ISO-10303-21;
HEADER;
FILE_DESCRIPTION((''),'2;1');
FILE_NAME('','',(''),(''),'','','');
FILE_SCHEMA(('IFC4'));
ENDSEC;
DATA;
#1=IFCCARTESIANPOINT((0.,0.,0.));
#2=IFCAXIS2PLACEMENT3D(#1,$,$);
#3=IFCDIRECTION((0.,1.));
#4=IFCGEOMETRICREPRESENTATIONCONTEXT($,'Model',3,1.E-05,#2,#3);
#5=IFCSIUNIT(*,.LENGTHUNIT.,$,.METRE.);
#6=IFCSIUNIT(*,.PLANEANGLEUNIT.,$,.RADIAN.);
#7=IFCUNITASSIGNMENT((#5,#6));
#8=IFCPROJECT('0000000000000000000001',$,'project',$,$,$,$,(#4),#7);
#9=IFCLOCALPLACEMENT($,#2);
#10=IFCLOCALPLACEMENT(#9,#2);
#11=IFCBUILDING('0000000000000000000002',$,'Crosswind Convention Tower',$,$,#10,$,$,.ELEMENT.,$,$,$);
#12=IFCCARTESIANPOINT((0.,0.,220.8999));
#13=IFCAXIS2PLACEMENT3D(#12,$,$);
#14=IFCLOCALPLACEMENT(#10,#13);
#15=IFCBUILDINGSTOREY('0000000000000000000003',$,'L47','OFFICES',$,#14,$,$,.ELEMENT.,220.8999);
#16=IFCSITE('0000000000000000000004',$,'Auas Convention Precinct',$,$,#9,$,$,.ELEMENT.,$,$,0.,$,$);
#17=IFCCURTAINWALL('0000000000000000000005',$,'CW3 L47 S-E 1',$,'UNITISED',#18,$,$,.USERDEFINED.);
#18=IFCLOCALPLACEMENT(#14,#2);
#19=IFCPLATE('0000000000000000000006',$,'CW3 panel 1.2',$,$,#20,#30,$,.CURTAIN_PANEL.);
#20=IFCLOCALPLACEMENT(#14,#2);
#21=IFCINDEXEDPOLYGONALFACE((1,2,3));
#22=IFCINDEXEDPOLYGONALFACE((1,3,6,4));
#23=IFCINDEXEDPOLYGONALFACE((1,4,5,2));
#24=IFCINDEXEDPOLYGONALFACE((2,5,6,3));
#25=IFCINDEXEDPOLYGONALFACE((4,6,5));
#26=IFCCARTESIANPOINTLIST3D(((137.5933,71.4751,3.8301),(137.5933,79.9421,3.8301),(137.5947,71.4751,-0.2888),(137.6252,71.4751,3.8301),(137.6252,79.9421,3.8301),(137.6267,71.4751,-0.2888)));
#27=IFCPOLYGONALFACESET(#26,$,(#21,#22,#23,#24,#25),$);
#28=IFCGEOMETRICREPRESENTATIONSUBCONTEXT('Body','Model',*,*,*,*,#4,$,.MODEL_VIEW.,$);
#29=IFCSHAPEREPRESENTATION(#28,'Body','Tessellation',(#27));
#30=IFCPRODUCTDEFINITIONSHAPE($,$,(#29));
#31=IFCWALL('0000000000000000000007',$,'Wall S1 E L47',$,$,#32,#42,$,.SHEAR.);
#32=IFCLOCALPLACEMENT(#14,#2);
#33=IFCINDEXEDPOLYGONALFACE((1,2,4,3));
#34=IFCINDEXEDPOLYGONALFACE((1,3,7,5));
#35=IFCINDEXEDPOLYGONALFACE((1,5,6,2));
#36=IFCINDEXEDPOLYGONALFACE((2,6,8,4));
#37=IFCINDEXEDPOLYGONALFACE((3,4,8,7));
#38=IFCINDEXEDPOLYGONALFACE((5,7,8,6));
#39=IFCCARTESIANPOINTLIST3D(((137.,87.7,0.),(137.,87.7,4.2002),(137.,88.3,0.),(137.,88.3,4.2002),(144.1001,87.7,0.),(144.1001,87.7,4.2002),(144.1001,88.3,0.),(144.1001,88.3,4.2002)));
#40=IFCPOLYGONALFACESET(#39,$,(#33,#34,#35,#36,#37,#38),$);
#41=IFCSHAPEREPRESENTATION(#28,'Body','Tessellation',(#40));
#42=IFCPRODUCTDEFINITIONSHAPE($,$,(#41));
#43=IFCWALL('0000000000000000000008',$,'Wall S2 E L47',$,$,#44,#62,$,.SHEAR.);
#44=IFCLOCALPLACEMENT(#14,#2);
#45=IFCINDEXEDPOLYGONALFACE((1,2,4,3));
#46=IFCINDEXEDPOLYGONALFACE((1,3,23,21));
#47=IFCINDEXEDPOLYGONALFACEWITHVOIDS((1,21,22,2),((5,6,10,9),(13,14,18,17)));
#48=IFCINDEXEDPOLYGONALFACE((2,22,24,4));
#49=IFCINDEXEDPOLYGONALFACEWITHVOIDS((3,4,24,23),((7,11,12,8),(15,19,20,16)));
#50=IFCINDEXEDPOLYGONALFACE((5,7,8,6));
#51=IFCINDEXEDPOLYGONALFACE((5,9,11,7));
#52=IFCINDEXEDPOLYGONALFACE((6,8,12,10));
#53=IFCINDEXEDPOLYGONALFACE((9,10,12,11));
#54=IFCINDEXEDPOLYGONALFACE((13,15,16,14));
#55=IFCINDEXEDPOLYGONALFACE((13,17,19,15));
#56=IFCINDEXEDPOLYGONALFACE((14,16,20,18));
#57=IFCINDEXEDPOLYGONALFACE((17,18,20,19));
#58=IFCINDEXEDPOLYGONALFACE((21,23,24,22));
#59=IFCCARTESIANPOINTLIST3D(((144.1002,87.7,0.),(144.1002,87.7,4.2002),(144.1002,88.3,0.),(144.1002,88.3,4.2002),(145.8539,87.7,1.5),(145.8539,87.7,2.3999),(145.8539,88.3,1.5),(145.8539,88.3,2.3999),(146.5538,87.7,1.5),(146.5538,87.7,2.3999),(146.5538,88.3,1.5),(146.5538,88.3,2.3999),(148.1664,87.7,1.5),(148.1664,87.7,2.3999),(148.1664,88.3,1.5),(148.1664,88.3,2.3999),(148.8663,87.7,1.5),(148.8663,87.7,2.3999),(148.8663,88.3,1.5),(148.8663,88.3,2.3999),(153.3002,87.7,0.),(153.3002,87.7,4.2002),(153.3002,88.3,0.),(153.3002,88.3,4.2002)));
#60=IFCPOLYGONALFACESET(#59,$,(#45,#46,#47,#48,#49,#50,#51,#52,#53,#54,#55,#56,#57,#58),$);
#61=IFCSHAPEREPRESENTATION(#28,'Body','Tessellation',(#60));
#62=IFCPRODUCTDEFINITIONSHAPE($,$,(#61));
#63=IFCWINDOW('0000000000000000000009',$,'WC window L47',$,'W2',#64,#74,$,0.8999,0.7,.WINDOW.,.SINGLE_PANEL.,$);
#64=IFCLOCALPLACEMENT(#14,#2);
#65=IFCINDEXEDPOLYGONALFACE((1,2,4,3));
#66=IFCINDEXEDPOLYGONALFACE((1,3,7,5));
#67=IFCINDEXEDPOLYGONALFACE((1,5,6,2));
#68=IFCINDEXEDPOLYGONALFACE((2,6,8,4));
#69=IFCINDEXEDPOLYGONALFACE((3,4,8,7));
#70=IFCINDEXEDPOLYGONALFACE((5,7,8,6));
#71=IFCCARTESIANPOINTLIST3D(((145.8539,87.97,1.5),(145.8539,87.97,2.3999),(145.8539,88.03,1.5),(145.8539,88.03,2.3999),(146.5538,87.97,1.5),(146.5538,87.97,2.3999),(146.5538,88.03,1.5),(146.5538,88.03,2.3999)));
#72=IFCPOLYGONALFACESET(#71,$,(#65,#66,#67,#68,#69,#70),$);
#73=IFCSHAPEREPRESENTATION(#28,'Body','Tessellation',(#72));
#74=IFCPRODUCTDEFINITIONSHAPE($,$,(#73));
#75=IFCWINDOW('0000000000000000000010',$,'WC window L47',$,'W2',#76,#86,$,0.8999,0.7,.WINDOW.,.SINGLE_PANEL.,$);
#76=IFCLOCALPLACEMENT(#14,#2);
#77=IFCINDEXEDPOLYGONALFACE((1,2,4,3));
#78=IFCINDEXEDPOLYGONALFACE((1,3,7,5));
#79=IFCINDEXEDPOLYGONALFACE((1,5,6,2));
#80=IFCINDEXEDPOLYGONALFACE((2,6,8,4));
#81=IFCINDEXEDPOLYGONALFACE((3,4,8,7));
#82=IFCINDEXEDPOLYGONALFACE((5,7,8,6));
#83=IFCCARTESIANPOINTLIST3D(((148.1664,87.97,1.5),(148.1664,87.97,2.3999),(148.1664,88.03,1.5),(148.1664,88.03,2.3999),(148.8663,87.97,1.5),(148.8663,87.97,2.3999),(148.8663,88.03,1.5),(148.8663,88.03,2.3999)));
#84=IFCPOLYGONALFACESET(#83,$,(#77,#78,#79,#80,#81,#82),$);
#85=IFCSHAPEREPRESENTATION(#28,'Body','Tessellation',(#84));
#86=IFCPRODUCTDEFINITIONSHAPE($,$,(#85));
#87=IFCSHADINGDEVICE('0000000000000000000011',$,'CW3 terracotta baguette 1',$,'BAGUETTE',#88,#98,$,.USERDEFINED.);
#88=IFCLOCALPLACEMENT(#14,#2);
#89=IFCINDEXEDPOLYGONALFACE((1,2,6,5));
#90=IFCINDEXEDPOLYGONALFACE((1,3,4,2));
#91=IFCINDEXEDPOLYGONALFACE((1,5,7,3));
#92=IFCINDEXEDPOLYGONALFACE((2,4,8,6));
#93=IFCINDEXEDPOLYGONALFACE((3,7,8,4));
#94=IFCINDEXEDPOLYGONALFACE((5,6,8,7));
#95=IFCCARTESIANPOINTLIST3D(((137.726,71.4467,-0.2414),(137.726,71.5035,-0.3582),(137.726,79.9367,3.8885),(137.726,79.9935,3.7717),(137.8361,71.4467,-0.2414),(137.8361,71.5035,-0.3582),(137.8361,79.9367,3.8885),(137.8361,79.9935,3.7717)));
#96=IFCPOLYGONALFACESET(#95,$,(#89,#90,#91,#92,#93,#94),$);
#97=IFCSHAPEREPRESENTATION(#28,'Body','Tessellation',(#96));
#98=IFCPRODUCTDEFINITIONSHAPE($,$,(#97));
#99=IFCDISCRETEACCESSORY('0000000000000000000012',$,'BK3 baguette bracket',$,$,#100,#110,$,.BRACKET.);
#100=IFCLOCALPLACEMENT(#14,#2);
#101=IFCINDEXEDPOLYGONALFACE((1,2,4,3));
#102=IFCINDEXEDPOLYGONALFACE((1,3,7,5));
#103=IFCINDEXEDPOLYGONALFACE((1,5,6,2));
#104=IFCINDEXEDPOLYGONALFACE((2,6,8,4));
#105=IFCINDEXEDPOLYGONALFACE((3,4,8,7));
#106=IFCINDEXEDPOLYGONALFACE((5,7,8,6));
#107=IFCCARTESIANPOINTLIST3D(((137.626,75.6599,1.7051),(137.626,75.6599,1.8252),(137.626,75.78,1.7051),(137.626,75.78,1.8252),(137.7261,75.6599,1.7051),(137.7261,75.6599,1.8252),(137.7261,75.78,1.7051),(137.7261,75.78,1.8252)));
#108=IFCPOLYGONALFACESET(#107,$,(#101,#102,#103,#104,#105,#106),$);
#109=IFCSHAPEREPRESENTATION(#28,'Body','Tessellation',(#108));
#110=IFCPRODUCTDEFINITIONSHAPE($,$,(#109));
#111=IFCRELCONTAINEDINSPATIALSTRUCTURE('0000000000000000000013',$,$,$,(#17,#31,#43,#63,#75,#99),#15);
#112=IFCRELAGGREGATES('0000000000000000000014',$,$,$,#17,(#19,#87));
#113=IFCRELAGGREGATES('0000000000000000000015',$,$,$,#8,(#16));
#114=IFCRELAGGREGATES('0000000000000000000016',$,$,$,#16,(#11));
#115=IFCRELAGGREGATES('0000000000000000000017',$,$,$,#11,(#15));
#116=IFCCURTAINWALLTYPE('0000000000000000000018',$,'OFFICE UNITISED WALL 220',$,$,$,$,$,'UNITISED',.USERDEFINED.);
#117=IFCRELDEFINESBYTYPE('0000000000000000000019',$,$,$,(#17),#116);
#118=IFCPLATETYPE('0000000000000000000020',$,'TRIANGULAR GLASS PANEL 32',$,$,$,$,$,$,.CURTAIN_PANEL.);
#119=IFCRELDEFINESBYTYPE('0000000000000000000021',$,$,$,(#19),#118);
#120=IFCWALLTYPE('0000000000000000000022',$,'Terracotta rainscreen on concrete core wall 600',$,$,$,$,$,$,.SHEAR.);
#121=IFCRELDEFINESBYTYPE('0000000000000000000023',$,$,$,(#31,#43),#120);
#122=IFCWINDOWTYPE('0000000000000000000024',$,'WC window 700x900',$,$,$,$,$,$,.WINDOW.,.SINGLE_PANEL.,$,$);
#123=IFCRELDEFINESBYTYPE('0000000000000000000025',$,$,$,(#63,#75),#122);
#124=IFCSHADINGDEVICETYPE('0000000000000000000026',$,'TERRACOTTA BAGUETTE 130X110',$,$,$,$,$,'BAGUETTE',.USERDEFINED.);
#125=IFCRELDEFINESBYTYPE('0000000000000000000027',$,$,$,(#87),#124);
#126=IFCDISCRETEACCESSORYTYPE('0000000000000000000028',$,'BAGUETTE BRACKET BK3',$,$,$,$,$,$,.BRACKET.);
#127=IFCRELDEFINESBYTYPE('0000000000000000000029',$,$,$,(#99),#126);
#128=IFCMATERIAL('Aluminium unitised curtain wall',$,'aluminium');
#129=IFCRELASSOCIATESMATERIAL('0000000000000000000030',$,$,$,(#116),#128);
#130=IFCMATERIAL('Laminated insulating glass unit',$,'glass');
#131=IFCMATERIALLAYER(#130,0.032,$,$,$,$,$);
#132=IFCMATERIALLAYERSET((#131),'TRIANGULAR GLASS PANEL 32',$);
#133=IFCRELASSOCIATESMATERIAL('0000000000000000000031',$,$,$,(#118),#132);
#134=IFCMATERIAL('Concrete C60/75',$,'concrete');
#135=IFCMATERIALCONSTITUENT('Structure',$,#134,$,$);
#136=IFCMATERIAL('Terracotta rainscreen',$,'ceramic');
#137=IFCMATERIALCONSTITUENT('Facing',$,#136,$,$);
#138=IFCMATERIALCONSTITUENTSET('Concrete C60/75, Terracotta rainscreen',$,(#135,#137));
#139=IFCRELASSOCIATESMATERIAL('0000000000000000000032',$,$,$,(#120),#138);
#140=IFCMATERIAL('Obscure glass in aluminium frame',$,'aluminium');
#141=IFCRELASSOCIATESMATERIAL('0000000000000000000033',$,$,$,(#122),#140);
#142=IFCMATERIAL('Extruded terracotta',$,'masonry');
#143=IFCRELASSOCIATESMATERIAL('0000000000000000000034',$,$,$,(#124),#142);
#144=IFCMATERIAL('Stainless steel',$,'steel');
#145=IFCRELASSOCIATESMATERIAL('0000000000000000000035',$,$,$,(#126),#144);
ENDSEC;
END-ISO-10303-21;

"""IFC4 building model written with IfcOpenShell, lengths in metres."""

from ifc_helpers import new_model, si_unit, direction, frame, frame_2d, origin, origin_2d, place, context, subcontext, project, spatial, polyline, rectangle, outline, extrude, material, layer, layer_set, constituent, constituent_set, material_profile, profile_set, type_object, element, fill, aggregate, save


model = new_model("IFC4")

# Units and contexts
model_context = context("Model", 3, precision=1e-05, world=origin(), true_north=direction((0.0, 1.0)))
body_context = subcontext(model_context, "Body", "Model", "MODEL_VIEW")
ifc_project = project(units=[si_unit("LENGTHUNIT", "METRE"), si_unit("PLANEANGLEUNIT", "RADIAN")], contexts=[model_context])

# Site, building, storey
site_placement = place(None, origin())
site = spatial("IfcSite", under=ifc_project, at=site_placement, Name="Auas Convention Precinct", CompositionType="ELEMENT", RefElevation=0.0)
building_placement = place(site_placement, origin())
building = spatial("IfcBuilding", under=site, at=building_placement, Name="Crosswind Convention Tower", CompositionType="ELEMENT")
storey_placement = place(building_placement, frame((0.0, 0.0, 220.8999)))
storey = spatial("IfcBuildingStorey", under=building, at=storey_placement, Name="L47", Description="OFFICES", CompositionType="ELEMENT", Elevation=220.8999)

# Shared definitions
ifc_material_1 = material(Name="Concrete C60/75", Category="concrete")

# Shared definitions
ifc_material_2 = material(Name="Aluminium unitised curtain wall", Category="aluminium")

# Curtain wall
curtain_wall_type_1 = type_object("IfcCurtainWallType", Name="OFFICE UNITISED WALL 220", ElementType="UNITISED", PredefinedType="USERDEFINED", material=ifc_material_2)
curtain_wall_1_placement = place(storey_placement, origin())
curtain_wall_1 = element("IfcCurtainWall", 1, at=curtain_wall_1_placement, inside=storey, type_object=curtain_wall_type_1, Name="CW3 L47 S-E 1", ObjectType="UNITISED", PredefinedType="USERDEFINED")

# Plate
ifc_material_3 = material(Name="Laminated insulating glass unit", Category="glass")
ifc_layer_1 = layer(ifc_material_3, 0.032)
ifc_layer_set_1 = layer_set([ifc_layer_1], Name="TRIANGULAR GLASS PANEL 32")
plate_type_1 = type_object("IfcPlateType", Name="TRIANGULAR GLASS PANEL 32", PredefinedType="CURTAIN_PANEL", material=ifc_layer_set_1)
plate_1_placement = place(storey_placement, frame((137.6252, 71.4751, 3.8301), z_axis=(1.0, 0.0, 0.000356), x_axis=(0.000356, 0.0, -1.0)))
plate_1 = element("IfcPlate", 2, at=plate_1_placement, type_object=plate_type_1, Name="CW3 panel 1.2", PredefinedType="CURTAIN_PANEL", context=body_context, shape_type="SweptSolid", body=[
    extrude(outline(polyline([(0.0, 0.0), (4.1189, 0.0), (0.0, 8.467), (0.0, 0.0)])), origin(), (0.0, 0.0, -1.0), 0.032),
])

# Wall
ifc_constituent_1 = constituent(ifc_material_1, Name="Structure")
ifc_material_4 = material(Name="Terracotta rainscreen", Category="ceramic")
ifc_constituent_2 = constituent(ifc_material_4, Name="Facing")
ifc_constituent_set = constituent_set(constituents=[ifc_constituent_1, ifc_constituent_2], Name="Concrete C60/75, Terracotta rainscreen")
wall_type = type_object("IfcWallType", Name="Terracotta rainscreen on concrete core wall 600", PredefinedType="SHEAR", material=ifc_constituent_set)
wall_1_placement = place(storey_placement, frame((137.0, 88.0, 0.0), z_axis=(0.0, 0.0, 1.0), x_axis=(1.0, 0.0, 0.0)))
element("IfcWall", 3, at=wall_1_placement, inside=storey, type_object=wall_type, Name="Wall S1 E L47", PredefinedType="SHEAR", context=body_context, shape_type="SweptSolid", body=[
    extrude(rectangle(XDim=7.1001, YDim=0.6001, at=frame_2d((3.55, 0.0))), origin(), (0.0, 0.0, 1.0), 4.2002),
])

# Wall, openings, windows
wall_2_placement = place(storey_placement, frame((144.1001, 88.0, 0.0), z_axis=(0.0, 0.0, 1.0), x_axis=(1.0, 0.0, 0.0)))
wall_2 = element("IfcWall", 4, at=wall_2_placement, inside=storey, type_object=wall_type, Name="Wall S2 E L47", PredefinedType="SHEAR", context=body_context, shape_type="SweptSolid", body=[
    extrude(rectangle(XDim=9.2, YDim=0.6001, at=frame_2d((4.6001, 0.0))), origin(), (0.0, 0.0, 1.0), 4.2002),
])
opening_1_placement = place(wall_2_placement, frame((1.7537, 0.0, 1.5)))
opening_1 = element("IfcOpeningElement", 5, at=opening_1_placement, cuts=wall_2, PredefinedType="OPENING", context=body_context, shape_type="SweptSolid", body=[
    extrude(rectangle(XDim=0.7, YDim=0.8999, at=frame_2d((0.3501, 0.45))), frame((0.0, 0.3101, 0.0), z_axis=(0.0, -1.0, 0.0), x_axis=(1.0, 0.0, 0.0)), (0.0, 0.0, 1.0), 0.6201),
])
opening_2_placement = place(wall_2_placement, frame((4.0662, 0.0, 1.5)))
opening_2 = element("IfcOpeningElement", 6, at=opening_2_placement, cuts=wall_2, PredefinedType="OPENING", context=body_context, shape_type="SweptSolid", body=[
    extrude(rectangle(XDim=0.7, YDim=0.8999, at=frame_2d((0.3501, 0.45))), frame((0.0, 0.3101, 0.0), z_axis=(0.0, -1.0, 0.0), x_axis=(1.0, 0.0, 0.0)), (0.0, 0.0, 1.0), 0.6201),
])
ifc_material_5 = material(Name="Obscure glass in aluminium frame", Category="aluminium")
window_type = type_object("IfcWindowType", Name="WC window 700x900", PartitioningType="SINGLE_PANEL", PredefinedType="WINDOW", material=ifc_material_5)
window_1_placement = place(opening_1_placement, origin())
window_1 = element("IfcWindow", 7, at=window_1_placement, inside=storey, type_object=window_type, Name="WC window L47", ObjectType="W2", OverallHeight=0.8999, OverallWidth=0.7, PartitioningType="SINGLE_PANEL", PredefinedType="WINDOW", context=body_context, shape_type="SweptSolid", body=[
    extrude(rectangle(XDim=0.7, YDim=0.8999, at=frame_2d((0.3501, 0.45))), frame((0.0, 0.03, 0.0), z_axis=(0.0, -1.0, 0.0), x_axis=(1.0, 0.0, 0.0)), (0.0, 0.0, 1.0), 0.0601),
])
fill(opening_1, window_1)
window_2_placement = place(opening_2_placement, origin())
window_2 = element("IfcWindow", 8, at=window_2_placement, inside=storey, type_object=window_type, Name="WC window L47", ObjectType="W2", OverallHeight=0.8999, OverallWidth=0.7, PartitioningType="SINGLE_PANEL", PredefinedType="WINDOW", context=body_context, shape_type="SweptSolid", body=[
    extrude(rectangle(XDim=0.7, YDim=0.8999, at=frame_2d((0.3501, 0.45))), frame((0.0, 0.03, 0.0), z_axis=(0.0, -1.0, 0.0), x_axis=(1.0, 0.0, 0.0)), (0.0, 0.0, 1.0), 0.0601),
])
fill(opening_2, window_2)

# Shading device
ifc_material_6 = material(Name="Extruded terracotta", Category="masonry")
ifc_material_profile_1 = material_profile(ifc_material_6, rectangle(XDim=0.1101, YDim=0.1299, at=origin_2d()), Name="TC 110X130")
ifc_profile_set_1 = profile_set([ifc_material_profile_1], Name="Extruded terracotta")
shading_device_type = type_object("IfcShadingDeviceType", Name="TERRACOTTA BAGUETTE 130X110", ElementType="BAGUETTE", PredefinedType="USERDEFINED", material=ifc_profile_set_1)
shading_device_placement = place(storey_placement, frame((137.781, 71.4751, -0.2998), z_axis=(0.0, 0.899251, 0.437433), x_axis=(-1.0, 0.0, 0.0)))
shading_device = element("IfcShadingDevice", 9, at=shading_device_placement, type_object=shading_device_type, Name="CW3 terracotta baguette 1", ObjectType="BAGUETTE", PredefinedType="USERDEFINED", context=body_context, shape_type="SweptSolid", body=[
    extrude(rectangle(XDim=0.1101, YDim=0.1299, at=origin_2d()), origin(), (0.0, 0.0, 1.0), 9.4412),
])
aggregate(curtain_wall_1, [plate_1, shading_device])

# Discrete accessory
ifc_material_7 = material(Name="Stainless steel", Category="steel")
discrete_accessory_type = type_object("IfcDiscreteAccessoryType", Name="BAGUETTE BRACKET BK3", PredefinedType="BRACKET", material=ifc_material_7)
discrete_accessory_placement = place(storey_placement, frame((137.676, 75.72, 1.7051), z_axis=(0.0, 0.0, 1.0), x_axis=(0.0, 1.0, 0.0)))
element("IfcDiscreteAccessory", 10, at=discrete_accessory_placement, inside=storey, type_object=discrete_accessory_type, Name="BK3 baguette bracket", PredefinedType="BRACKET", context=body_context, shape_type="SweptSolid", body=[
    extrude(rectangle(XDim=0.1201, YDim=0.1001, at=origin_2d()), origin(), (0.0, 0.0, 1.0), 0.1201),
])

save(model, "model.ifc")
